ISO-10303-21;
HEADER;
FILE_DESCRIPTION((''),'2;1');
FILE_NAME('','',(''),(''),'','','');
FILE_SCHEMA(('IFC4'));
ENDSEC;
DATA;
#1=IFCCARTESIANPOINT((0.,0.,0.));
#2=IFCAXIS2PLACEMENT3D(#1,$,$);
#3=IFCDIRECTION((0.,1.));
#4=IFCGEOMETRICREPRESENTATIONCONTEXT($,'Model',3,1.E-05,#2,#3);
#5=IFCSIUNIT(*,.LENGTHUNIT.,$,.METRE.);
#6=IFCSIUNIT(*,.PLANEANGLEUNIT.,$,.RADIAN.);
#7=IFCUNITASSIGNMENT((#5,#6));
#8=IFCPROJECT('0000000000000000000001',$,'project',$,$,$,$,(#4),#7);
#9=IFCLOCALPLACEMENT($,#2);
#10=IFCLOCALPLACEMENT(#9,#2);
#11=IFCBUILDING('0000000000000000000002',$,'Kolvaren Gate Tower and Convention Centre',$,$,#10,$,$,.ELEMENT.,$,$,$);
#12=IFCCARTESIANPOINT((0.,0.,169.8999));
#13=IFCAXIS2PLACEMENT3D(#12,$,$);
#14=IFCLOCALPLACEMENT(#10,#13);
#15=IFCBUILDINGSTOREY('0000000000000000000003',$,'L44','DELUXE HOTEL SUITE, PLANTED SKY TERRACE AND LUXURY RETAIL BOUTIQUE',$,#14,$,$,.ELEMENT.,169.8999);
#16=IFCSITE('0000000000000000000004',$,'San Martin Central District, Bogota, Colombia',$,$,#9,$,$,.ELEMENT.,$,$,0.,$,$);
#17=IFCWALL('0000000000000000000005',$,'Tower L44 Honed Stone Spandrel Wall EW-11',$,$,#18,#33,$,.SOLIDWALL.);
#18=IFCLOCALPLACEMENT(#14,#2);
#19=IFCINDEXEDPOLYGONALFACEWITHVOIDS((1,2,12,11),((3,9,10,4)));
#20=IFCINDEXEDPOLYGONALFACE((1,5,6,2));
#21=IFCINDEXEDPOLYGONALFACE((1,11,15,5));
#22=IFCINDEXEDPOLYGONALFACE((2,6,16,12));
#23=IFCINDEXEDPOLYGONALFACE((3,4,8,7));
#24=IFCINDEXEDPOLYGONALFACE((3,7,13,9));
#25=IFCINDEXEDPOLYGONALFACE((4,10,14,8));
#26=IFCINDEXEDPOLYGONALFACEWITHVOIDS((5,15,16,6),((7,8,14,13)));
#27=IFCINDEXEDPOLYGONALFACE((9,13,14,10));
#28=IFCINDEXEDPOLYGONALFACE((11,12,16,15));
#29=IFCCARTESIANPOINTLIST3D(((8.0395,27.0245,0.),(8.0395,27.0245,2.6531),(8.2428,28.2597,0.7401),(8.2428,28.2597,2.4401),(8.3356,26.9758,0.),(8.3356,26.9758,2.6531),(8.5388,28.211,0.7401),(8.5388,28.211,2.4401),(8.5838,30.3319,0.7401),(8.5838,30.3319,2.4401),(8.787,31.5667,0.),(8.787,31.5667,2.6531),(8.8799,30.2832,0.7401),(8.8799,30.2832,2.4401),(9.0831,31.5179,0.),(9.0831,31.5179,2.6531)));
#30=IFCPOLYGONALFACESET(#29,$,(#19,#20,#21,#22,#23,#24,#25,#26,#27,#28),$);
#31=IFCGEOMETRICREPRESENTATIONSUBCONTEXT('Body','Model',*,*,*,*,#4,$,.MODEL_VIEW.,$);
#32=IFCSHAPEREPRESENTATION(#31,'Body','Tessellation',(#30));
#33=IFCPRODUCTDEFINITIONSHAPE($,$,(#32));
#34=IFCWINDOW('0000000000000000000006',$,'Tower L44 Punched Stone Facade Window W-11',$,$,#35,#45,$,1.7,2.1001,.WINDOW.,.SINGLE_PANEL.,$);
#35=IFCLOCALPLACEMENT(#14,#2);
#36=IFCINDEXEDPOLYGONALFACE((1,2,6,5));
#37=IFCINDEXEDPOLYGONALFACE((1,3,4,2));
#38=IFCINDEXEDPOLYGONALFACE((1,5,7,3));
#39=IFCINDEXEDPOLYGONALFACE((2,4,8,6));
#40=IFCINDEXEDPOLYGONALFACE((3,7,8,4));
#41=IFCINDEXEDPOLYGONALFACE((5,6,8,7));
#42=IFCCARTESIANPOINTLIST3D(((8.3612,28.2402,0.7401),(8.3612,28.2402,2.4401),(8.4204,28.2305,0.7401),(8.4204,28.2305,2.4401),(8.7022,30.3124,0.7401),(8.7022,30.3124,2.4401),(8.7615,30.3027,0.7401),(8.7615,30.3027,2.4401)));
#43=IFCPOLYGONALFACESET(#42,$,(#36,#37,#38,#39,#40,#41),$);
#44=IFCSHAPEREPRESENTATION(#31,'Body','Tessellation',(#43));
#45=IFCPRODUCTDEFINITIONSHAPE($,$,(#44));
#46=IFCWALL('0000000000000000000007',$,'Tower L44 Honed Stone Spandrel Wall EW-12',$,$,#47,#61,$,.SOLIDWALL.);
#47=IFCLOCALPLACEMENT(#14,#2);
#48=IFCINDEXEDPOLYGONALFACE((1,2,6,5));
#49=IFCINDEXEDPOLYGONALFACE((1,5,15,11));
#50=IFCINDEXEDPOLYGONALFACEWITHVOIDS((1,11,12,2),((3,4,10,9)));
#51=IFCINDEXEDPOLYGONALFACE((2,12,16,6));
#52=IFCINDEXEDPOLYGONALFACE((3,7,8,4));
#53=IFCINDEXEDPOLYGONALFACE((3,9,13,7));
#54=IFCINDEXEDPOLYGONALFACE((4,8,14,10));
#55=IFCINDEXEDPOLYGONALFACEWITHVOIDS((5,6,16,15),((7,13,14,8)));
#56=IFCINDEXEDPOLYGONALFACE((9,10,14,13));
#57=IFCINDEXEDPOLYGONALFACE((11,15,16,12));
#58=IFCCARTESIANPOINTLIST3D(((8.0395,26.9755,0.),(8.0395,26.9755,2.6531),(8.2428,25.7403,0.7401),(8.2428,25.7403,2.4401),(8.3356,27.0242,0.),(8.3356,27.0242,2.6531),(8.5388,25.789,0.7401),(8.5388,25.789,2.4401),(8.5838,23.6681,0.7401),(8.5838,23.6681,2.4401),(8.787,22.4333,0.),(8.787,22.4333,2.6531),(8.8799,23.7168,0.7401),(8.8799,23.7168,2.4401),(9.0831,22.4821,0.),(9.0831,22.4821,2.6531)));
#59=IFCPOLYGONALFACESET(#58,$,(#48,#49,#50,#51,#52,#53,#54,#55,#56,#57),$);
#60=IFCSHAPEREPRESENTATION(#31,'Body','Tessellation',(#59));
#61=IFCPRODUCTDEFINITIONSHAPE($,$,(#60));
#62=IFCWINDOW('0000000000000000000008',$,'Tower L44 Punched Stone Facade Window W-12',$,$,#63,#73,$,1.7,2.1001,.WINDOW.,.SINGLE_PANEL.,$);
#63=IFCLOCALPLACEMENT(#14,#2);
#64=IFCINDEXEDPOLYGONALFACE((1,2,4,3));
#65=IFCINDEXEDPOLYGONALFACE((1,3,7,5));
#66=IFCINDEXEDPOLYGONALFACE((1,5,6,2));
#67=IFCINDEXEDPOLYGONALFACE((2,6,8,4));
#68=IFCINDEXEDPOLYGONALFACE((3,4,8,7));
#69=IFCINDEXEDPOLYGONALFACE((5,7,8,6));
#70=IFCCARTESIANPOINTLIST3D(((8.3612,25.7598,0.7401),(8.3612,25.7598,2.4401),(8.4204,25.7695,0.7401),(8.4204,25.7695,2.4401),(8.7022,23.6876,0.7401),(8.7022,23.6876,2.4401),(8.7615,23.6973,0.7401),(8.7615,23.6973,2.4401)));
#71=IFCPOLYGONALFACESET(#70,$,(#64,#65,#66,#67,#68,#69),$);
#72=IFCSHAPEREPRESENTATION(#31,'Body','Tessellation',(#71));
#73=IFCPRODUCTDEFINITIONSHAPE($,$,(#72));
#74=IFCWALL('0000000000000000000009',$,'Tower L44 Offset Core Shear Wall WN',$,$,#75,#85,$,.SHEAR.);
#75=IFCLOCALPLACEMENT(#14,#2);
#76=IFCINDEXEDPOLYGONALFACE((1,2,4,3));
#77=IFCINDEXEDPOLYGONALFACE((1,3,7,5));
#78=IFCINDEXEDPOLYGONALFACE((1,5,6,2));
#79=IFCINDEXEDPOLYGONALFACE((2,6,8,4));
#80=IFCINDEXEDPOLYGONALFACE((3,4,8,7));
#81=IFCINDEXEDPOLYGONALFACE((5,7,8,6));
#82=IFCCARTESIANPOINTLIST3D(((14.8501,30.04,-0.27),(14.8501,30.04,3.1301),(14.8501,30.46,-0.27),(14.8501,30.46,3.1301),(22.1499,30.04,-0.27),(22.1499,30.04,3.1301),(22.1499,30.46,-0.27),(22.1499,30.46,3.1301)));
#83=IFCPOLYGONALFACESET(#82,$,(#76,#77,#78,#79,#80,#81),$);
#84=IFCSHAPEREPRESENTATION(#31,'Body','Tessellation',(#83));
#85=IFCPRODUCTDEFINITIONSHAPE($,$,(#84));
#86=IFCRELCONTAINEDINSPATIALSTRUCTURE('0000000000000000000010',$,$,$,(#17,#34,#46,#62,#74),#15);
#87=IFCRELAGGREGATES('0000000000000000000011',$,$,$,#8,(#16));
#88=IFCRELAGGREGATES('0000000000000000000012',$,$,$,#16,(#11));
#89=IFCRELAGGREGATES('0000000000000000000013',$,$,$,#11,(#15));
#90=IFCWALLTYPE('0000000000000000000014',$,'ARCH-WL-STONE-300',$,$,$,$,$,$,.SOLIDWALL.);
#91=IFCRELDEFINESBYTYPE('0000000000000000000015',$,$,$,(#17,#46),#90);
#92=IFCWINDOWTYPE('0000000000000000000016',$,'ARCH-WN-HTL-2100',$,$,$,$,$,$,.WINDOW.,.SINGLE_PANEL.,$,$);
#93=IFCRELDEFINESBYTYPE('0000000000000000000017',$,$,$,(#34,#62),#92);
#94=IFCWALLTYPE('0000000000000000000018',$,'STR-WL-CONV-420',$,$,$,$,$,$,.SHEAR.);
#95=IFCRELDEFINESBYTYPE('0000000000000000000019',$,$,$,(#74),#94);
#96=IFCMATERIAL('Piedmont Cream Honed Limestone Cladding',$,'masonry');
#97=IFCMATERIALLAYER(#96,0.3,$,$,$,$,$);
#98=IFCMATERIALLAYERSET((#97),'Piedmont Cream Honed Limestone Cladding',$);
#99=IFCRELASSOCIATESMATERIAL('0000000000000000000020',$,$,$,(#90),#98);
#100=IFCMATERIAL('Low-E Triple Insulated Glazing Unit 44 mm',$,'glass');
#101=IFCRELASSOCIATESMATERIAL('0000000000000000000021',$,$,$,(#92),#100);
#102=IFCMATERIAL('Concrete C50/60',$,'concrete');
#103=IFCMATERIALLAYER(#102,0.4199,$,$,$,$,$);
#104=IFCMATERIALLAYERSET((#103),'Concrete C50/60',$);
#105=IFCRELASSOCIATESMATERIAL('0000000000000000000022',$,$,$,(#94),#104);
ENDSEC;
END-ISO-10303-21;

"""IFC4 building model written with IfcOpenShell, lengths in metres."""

from ifc_helpers import new_model, si_unit, direction, frame, frame_2d, origin, place, context, subcontext, project, spatial, rectangle, extrude, material, layer, layer_set, type_object, element, fill, save


model = new_model("IFC4")

# Units and contexts
model_context = context("Model", 3, precision=1e-05, world=origin(), true_north=direction((0.0, 1.0)))
body_context = subcontext(model_context, "Body", "Model", "MODEL_VIEW")
ifc_project = project(units=[si_unit("LENGTHUNIT", "METRE"), si_unit("PLANEANGLEUNIT", "RADIAN")], contexts=[model_context])

# Site, building, storey
site_placement = place(None, origin())
site = spatial("IfcSite", under=ifc_project, at=site_placement, Name="San Martin Central District, Bogota, Colombia", CompositionType="ELEMENT", RefElevation=0.0)
building_placement = place(site_placement, origin())
building = spatial("IfcBuilding", under=site, at=building_placement, Name="Kolvaren Gate Tower and Convention Centre", CompositionType="ELEMENT")
storey_placement = place(building_placement, frame((0.0, 0.0, 169.8999)))
storey = spatial("IfcBuildingStorey", under=building, at=storey_placement, Name="L44", Description="DELUXE HOTEL SUITE, PLANTED SKY TERRACE AND LUXURY RETAIL BOUTIQUE", CompositionType="ELEMENT", Elevation=169.8999)

# Shared definitions
ifc_material_1 = material(Name="Piedmont Cream Honed Limestone Cladding", Category="masonry")

# Walls, openings, windows
ifc_layer_1 = layer(ifc_material_1, 0.3)
ifc_layer_set_1 = layer_set([ifc_layer_1], Name="Piedmont Cream Honed Limestone Cladding")
wall_type_1 = type_object("IfcWallType", Name="ARCH-WL-STONE-300", PredefinedType="SOLIDWALL", material=ifc_layer_set_1)
ifc_material_2 = material(Name="Low-E Triple Insulated Glazing Unit 44 mm", Category="glass")
window_type = type_object("IfcWindowType", Name="ARCH-WN-HTL-2100", PartitioningType="SINGLE_PANEL", PredefinedType="WINDOW", material=ifc_material_2)
wall_1_placement = place(storey_placement, frame((8.1875, 27.0, 0.0), z_axis=(0.0, 0.0, 1.0), x_axis=(0.162395, 0.986726, 0.0)))
wall_1 = element("IfcWall", 1, at=wall_1_placement, inside=storey, type_object=wall_type_1, Name="Tower L44 Honed Stone Spandrel Wall EW-11", PredefinedType="SOLIDWALL", context=body_context, shape_type="SweptSolid", body=[
    extrude(rectangle(XDim=4.6033, YDim=0.3, at=frame_2d((2.3018, 0.0))), origin(), (0.0, 0.0, 1.0), 2.6531),
])
opening_1_placement = place(wall_1_placement, frame((1.252, 0.0, 0.74)))
opening_1 = element("IfcOpeningElement", 2, at=opening_1_placement, cuts=wall_1, PredefinedType="OPENING", context=body_context, shape_type="SweptSolid", body=[
    extrude(rectangle(XDim=2.1001, YDim=1.7, at=frame_2d((1.05, 0.8501))), frame((0.0, 0.1599, 0.0), z_axis=(0.0, -1.0, 0.0), x_axis=(1.0, 0.0, 0.0)), (0.0, 0.0, 1.0), 0.3201),
])
window_1_placement = place(opening_1_placement, origin())
window_1 = element("IfcWindow", 3, at=window_1_placement, inside=storey, type_object=window_type, Name="Tower L44 Punched Stone Facade Window W-11", OverallHeight=1.7, OverallWidth=2.1001, PartitioningType="SINGLE_PANEL", PredefinedType="WINDOW", context=body_context, shape_type="SweptSolid", body=[
    extrude(rectangle(XDim=2.1001, YDim=1.7, at=frame_2d((1.05, 0.8501))), frame((0.0, 0.03, 0.0), z_axis=(0.0, -1.0, 0.0), x_axis=(1.0, 0.0, 0.0)), (0.0, 0.0, 1.0), 0.0601),
])
fill(opening_1, window_1)
wall_2_placement = place(storey_placement, frame((8.1875, 27.0, 0.0), z_axis=(0.0, 0.0, 1.0), x_axis=(0.162395, -0.986726, 0.0)))
wall_2 = element("IfcWall", 4, at=wall_2_placement, inside=storey, type_object=wall_type_1, Name="Tower L44 Honed Stone Spandrel Wall EW-12", PredefinedType="SOLIDWALL", context=body_context, shape_type="SweptSolid", body=[
    extrude(rectangle(XDim=4.6033, YDim=0.3, at=frame_2d((2.3018, 0.0))), origin(), (0.0, 0.0, 1.0), 2.6531),
])
opening_2_placement = place(wall_2_placement, frame((1.252, 0.0, 0.74)))
opening_2 = element("IfcOpeningElement", 5, at=opening_2_placement, cuts=wall_2, PredefinedType="OPENING", context=body_context, shape_type="SweptSolid", body=[
    extrude(rectangle(XDim=2.1001, YDim=1.7, at=frame_2d((1.05, 0.8501))), frame((0.0, 0.1599, 0.0), z_axis=(0.0, -1.0, 0.0), x_axis=(1.0, 0.0, 0.0)), (0.0, 0.0, 1.0), 0.3201),
])
window_2_placement = place(opening_2_placement, origin())
window_2 = element("IfcWindow", 6, at=window_2_placement, inside=storey, type_object=window_type, Name="Tower L44 Punched Stone Facade Window W-12", OverallHeight=1.7, OverallWidth=2.1001, PartitioningType="SINGLE_PANEL", PredefinedType="WINDOW", context=body_context, shape_type="SweptSolid", body=[
    extrude(rectangle(XDim=2.1001, YDim=1.7, at=frame_2d((1.05, 0.8501))), frame((0.0, 0.03, 0.0), z_axis=(0.0, -1.0, 0.0), x_axis=(1.0, 0.0, 0.0)), (0.0, 0.0, 1.0), 0.0601),
])
fill(opening_2, window_2)

# Wall
ifc_material_3 = material(Name="Concrete C50/60", Category="concrete")
ifc_layer_2 = layer(ifc_material_3, 0.4199)
ifc_layer_set_2 = layer_set([ifc_layer_2], Name="Concrete C50/60")
wall_type_2 = type_object("IfcWallType", Name="STR-WL-CONV-420", PredefinedType="SHEAR", material=ifc_layer_set_2)
wall_3_placement = place(storey_placement, frame((14.8501, 30.25, -0.27), z_axis=(0.0, 0.0, 1.0), x_axis=(1.0, 0.0, 0.0)))
element("IfcWall", 7, at=wall_3_placement, inside=storey, type_object=wall_type_2, Name="Tower L44 Offset Core Shear Wall WN", PredefinedType="SHEAR", context=body_context, shape_type="SweptSolid", body=[
    extrude(rectangle(XDim=7.2998, YDim=0.4199, at=frame_2d((3.6499, 0.0))), origin(), (0.0, 0.0, 1.0), 3.4001),
])

save(model, "model.ifc")
